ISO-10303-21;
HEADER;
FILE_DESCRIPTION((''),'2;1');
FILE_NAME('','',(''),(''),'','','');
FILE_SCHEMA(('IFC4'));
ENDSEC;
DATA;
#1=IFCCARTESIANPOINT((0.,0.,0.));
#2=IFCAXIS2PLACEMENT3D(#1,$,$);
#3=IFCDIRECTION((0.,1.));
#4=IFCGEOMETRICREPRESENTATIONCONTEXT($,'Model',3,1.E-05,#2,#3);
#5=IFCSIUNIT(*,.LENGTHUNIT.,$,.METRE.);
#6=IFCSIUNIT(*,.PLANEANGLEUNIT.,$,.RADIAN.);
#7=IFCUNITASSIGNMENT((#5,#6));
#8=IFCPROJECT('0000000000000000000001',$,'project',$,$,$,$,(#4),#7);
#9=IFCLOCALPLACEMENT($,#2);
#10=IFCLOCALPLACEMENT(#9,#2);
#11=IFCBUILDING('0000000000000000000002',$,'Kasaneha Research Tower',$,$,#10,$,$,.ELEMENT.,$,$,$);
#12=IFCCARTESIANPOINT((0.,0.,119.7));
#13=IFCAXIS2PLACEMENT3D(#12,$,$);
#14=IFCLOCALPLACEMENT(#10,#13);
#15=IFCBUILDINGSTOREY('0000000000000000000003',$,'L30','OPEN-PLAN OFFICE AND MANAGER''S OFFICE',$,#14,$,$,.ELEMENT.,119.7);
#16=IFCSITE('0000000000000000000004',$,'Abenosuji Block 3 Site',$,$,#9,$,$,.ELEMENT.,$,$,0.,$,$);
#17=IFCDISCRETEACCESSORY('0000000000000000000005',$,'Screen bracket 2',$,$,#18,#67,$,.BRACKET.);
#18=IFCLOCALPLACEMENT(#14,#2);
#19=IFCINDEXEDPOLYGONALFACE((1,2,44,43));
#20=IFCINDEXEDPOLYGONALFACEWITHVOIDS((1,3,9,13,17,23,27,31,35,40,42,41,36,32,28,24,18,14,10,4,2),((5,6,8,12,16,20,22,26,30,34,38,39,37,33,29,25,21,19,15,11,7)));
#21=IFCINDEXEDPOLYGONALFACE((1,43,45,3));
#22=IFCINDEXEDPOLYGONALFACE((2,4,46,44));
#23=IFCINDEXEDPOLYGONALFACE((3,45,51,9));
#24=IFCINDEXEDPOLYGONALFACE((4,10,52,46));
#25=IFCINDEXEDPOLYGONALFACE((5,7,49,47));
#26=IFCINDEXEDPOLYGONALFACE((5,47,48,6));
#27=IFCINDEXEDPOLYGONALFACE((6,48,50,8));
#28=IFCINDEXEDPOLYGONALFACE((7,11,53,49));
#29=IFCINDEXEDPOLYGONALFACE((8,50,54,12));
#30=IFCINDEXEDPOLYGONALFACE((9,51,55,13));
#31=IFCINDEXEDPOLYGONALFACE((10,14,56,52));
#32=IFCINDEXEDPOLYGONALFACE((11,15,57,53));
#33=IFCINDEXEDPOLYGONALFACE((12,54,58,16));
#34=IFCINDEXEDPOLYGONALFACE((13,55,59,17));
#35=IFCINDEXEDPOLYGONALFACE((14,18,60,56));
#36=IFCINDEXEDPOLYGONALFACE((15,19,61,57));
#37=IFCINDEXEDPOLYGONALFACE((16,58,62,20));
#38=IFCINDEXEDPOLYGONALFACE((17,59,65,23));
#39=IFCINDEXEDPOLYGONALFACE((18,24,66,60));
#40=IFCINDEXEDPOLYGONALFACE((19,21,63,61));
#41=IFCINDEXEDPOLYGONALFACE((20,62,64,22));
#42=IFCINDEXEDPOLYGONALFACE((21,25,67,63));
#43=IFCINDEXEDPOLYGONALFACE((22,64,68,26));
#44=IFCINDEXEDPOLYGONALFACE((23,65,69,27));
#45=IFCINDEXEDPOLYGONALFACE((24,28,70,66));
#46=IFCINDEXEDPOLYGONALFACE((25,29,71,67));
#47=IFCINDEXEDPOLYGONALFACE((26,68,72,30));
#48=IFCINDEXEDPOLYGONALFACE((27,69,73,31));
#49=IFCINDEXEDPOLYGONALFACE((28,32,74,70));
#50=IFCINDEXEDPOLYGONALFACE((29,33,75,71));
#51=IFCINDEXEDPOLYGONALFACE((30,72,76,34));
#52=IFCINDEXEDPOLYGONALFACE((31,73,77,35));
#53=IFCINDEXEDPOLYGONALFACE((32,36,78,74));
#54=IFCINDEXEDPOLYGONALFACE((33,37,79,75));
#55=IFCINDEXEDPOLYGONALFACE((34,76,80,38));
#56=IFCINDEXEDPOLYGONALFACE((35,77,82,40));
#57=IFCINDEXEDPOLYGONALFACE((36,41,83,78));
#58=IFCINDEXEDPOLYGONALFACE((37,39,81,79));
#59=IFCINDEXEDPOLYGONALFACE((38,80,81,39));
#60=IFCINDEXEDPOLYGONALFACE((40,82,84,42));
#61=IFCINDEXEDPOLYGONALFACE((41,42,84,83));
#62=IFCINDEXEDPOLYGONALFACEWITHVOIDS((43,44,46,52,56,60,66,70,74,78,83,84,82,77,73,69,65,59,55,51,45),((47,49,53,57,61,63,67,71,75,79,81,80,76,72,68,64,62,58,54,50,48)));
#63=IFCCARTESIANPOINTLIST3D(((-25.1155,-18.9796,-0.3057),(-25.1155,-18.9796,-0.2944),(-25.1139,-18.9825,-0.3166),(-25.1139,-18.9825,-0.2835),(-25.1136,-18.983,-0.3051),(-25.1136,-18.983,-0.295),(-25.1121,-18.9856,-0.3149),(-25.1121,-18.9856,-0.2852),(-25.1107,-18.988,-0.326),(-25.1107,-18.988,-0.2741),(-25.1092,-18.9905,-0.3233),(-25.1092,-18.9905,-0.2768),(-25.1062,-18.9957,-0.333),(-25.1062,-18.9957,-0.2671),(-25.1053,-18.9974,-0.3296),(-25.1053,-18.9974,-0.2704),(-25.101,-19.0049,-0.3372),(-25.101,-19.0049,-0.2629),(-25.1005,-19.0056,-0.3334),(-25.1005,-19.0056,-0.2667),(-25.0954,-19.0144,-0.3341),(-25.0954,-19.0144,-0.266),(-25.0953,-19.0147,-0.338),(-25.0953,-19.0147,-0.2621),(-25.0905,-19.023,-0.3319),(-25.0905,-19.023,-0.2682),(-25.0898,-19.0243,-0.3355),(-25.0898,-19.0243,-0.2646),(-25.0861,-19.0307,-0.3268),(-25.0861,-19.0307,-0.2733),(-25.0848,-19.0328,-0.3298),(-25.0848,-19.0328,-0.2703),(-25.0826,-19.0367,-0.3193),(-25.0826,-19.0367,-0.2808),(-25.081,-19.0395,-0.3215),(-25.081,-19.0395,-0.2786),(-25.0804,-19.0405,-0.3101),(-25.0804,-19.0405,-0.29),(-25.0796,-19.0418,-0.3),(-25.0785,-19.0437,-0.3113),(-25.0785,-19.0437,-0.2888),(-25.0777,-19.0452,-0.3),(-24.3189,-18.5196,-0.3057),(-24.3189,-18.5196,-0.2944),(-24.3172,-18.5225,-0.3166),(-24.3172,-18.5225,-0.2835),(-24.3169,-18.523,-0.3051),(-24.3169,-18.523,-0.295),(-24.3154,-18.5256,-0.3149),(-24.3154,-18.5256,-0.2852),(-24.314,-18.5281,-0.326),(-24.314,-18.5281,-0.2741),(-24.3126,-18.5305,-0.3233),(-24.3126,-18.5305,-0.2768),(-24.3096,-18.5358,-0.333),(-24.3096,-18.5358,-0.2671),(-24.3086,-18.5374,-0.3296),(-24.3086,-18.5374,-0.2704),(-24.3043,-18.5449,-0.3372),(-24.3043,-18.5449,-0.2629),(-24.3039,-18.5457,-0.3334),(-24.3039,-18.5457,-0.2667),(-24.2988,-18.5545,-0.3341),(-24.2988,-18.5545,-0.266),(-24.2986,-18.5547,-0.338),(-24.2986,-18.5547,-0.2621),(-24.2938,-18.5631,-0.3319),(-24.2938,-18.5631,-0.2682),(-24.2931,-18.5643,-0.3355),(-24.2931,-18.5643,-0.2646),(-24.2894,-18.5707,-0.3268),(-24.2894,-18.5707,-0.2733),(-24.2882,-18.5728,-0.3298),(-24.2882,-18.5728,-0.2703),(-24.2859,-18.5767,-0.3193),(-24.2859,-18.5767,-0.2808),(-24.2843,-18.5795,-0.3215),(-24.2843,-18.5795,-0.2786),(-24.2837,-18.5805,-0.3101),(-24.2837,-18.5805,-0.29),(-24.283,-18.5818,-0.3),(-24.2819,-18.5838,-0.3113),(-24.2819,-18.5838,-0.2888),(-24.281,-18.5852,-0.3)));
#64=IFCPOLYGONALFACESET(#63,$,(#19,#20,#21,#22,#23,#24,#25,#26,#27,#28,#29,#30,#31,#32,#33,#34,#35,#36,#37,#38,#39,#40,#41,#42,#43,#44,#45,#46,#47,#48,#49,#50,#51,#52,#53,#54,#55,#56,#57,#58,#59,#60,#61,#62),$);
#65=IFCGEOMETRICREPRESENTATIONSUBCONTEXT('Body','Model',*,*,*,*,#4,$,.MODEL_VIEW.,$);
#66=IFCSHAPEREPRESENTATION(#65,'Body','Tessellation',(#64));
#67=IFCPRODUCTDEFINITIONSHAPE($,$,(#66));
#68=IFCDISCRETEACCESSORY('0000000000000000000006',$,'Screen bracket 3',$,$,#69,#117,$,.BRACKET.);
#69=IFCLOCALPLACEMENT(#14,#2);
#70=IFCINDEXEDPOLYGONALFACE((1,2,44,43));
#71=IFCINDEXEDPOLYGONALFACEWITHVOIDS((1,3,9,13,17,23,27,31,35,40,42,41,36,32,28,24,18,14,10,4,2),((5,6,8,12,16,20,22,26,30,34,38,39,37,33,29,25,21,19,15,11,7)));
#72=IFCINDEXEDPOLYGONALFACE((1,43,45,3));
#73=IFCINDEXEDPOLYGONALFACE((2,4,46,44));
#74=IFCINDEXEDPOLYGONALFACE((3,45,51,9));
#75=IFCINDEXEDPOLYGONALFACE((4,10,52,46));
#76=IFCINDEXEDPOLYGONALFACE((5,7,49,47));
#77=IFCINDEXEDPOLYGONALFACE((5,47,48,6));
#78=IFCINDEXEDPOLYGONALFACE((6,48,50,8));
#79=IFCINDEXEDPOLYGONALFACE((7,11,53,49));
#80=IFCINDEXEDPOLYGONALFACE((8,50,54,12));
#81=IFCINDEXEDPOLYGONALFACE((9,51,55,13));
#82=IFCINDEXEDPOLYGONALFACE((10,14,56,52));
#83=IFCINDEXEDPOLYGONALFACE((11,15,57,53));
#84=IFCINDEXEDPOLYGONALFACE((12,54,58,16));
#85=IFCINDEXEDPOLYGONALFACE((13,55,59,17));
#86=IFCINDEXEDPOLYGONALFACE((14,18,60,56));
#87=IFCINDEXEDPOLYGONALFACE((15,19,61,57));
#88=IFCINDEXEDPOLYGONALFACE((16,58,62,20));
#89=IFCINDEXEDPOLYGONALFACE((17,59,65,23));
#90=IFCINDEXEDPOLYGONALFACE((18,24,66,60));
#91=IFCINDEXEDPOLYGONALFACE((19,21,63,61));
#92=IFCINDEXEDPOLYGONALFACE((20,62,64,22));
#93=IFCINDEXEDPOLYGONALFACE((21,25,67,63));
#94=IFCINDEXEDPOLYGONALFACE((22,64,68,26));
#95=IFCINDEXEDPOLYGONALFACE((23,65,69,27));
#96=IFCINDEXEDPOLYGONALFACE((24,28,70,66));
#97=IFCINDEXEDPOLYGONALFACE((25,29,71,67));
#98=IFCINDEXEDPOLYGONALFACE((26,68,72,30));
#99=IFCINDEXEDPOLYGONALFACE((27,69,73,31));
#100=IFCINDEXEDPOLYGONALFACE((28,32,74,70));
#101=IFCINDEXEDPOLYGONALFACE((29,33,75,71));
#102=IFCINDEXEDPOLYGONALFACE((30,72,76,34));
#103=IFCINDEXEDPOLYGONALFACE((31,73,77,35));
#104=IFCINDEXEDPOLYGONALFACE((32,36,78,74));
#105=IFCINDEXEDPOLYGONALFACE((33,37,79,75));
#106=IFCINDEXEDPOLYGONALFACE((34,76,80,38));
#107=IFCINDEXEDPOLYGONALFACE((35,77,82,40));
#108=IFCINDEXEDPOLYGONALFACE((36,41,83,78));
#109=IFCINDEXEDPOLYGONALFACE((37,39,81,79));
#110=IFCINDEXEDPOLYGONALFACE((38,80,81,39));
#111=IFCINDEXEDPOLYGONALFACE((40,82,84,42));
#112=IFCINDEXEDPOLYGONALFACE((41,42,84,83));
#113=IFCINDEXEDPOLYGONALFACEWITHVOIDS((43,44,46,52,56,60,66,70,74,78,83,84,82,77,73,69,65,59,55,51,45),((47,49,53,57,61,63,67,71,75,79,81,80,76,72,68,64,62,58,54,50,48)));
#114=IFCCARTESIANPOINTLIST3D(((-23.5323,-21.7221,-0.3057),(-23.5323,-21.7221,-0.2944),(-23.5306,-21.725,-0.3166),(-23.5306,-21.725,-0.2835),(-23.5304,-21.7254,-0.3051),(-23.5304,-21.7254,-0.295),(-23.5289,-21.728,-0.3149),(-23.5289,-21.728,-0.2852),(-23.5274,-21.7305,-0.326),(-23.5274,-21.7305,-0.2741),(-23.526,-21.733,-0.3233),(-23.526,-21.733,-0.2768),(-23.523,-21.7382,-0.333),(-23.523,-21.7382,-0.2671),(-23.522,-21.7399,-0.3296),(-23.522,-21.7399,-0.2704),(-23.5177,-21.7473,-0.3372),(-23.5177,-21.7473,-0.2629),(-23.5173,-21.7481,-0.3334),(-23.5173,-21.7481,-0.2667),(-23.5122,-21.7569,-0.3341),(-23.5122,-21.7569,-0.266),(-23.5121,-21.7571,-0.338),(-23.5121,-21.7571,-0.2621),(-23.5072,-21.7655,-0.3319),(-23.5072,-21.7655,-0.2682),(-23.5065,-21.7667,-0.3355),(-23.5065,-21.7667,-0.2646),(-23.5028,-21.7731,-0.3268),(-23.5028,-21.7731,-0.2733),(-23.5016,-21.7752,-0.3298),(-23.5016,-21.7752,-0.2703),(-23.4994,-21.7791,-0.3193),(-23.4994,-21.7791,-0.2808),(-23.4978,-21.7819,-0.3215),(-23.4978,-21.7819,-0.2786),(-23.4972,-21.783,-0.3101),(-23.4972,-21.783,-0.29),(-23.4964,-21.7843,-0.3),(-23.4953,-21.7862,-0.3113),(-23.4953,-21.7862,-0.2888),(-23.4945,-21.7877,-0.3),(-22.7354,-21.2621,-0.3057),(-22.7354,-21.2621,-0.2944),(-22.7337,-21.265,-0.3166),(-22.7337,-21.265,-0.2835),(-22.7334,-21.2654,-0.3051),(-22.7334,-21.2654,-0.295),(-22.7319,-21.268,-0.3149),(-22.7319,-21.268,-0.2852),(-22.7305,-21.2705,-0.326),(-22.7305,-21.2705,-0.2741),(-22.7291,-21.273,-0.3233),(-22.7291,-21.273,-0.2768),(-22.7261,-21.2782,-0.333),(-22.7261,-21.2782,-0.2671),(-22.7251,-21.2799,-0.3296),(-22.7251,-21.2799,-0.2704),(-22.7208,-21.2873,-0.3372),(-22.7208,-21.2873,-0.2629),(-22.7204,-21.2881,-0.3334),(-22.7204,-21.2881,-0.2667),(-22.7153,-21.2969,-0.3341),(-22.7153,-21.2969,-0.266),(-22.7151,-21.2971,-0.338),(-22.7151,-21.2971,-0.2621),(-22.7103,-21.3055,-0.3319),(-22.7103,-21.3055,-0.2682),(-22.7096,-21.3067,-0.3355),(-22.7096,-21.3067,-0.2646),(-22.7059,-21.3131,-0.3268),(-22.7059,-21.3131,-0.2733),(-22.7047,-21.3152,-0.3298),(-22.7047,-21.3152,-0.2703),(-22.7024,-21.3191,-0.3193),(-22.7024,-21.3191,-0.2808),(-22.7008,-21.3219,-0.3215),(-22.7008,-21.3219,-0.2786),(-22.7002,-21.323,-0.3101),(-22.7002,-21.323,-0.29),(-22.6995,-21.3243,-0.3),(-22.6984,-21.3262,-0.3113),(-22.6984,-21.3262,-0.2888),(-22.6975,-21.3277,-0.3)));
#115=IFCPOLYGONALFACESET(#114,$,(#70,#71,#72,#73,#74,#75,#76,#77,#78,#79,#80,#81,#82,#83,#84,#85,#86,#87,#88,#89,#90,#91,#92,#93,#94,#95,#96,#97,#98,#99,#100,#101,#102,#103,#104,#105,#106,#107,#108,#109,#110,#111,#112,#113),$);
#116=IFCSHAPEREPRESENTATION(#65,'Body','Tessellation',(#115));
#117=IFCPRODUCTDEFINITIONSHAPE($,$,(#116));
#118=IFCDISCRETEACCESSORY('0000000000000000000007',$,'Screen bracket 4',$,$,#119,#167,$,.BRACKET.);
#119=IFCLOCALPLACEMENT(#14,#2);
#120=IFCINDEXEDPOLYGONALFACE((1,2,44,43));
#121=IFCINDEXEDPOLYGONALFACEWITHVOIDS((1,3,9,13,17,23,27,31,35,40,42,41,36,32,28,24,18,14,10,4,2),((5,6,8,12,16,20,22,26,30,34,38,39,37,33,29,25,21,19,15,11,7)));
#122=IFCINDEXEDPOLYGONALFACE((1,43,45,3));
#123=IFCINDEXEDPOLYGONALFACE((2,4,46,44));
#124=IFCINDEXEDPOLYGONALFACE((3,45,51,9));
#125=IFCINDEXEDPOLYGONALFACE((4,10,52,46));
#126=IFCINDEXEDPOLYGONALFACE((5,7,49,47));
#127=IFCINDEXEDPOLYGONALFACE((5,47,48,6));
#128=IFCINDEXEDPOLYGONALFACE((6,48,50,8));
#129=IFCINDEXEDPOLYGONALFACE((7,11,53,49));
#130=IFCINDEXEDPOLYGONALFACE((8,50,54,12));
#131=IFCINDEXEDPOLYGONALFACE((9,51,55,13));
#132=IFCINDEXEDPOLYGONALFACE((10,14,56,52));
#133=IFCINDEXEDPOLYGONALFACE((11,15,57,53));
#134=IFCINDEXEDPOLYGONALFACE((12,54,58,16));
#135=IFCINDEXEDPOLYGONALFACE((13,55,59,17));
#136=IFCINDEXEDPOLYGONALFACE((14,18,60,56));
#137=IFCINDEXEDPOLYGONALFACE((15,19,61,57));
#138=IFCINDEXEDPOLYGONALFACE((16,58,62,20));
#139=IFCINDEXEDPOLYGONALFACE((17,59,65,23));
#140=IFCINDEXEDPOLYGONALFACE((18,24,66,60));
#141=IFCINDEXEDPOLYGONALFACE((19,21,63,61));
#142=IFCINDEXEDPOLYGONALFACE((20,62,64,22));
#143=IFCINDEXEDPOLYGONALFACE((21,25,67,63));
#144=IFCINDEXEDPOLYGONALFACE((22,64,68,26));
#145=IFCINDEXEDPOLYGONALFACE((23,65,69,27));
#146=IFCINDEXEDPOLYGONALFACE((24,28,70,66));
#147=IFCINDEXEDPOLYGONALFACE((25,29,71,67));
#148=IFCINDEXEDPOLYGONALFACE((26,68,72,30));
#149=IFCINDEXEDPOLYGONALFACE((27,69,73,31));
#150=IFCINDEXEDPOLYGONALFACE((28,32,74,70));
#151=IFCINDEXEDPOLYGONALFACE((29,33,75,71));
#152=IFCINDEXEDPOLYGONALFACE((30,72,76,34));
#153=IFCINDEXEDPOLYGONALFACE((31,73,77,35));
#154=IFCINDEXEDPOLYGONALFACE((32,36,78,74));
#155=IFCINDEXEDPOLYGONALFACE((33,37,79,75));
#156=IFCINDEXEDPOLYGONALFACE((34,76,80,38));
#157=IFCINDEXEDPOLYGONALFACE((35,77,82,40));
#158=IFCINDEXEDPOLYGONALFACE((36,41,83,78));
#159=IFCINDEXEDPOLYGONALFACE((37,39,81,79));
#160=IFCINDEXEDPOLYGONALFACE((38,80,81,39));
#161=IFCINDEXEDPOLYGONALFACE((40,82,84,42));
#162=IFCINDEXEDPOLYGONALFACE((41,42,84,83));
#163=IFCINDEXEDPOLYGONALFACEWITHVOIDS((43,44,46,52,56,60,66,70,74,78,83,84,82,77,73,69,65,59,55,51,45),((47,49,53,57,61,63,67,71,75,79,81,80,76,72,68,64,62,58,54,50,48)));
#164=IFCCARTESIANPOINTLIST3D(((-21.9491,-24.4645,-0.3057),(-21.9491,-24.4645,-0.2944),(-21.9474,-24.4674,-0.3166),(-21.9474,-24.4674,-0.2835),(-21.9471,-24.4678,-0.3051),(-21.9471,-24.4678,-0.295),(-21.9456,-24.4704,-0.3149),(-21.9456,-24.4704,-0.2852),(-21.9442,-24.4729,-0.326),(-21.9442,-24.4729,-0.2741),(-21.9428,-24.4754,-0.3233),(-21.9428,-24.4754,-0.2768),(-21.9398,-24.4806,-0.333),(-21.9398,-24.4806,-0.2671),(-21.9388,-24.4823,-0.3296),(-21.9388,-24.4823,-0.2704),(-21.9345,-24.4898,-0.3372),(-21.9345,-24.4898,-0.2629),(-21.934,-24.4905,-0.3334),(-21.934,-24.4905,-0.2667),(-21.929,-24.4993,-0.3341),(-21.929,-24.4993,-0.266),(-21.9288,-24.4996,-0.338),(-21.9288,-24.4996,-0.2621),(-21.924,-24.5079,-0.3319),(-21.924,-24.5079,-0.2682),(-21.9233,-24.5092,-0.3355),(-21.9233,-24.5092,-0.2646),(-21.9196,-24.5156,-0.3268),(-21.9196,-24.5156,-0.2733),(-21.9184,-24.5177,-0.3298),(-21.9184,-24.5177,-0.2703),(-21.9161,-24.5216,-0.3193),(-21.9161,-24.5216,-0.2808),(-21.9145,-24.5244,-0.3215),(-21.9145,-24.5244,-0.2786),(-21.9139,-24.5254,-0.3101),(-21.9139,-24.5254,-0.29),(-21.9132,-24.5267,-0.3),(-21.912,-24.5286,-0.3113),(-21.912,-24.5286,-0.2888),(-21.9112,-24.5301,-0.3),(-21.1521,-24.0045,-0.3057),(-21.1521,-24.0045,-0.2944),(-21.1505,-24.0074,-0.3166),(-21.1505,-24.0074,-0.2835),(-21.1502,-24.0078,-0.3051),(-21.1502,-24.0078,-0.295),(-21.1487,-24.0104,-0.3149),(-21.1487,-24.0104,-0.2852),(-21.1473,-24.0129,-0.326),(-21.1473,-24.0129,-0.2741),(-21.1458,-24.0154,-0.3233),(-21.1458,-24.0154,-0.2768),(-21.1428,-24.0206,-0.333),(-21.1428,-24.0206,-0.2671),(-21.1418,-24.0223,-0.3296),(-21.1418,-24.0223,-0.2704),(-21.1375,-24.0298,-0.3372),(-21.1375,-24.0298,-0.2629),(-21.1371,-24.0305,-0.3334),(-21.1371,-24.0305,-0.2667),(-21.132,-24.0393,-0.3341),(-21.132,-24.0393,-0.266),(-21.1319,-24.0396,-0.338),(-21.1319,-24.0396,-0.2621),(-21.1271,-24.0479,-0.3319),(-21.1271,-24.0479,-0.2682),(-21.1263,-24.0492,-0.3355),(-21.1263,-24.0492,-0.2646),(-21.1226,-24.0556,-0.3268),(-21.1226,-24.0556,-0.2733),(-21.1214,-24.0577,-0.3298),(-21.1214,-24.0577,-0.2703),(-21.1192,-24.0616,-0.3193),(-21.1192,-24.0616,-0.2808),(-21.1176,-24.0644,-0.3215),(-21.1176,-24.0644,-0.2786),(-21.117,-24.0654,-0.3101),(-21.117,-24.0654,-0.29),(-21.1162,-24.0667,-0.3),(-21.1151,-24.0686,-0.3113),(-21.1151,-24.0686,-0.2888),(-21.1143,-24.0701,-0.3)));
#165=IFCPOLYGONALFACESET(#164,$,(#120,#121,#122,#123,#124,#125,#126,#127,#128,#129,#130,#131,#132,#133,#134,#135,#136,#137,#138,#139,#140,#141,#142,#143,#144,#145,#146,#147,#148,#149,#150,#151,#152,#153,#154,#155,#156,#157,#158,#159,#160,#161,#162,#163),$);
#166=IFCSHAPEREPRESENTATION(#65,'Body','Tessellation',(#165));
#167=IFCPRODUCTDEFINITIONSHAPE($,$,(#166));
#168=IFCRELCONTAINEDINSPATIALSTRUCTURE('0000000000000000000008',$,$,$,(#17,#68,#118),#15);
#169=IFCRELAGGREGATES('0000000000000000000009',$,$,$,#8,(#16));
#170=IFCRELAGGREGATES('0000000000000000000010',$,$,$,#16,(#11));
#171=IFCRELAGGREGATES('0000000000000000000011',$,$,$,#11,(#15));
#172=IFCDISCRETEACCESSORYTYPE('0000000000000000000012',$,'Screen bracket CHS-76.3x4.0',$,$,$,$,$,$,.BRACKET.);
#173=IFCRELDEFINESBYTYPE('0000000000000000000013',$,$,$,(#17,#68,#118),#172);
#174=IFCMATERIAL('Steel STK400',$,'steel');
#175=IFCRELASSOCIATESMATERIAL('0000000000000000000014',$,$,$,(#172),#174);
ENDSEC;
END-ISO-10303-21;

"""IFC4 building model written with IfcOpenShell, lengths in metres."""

from ifc_helpers import new_model, si_unit, direction, frame, origin, origin_2d, place, context, subcontext, project, spatial, hollow_circle, extrude, material, material_profile, profile_set, type_object, element, save


model = new_model("IFC4")

# Units and contexts
model_context = context("Model", 3, precision=1e-05, world=origin(), true_north=direction((0.0, 1.0)))
body_context = subcontext(model_context, "Body", "Model", "MODEL_VIEW")
ifc_project = project(units=[si_unit("LENGTHUNIT", "METRE"), si_unit("PLANEANGLEUNIT", "RADIAN")], contexts=[model_context])

# Site, building, storey
site_placement = place(None, origin())
site = spatial("IfcSite", under=ifc_project, at=site_placement, Name="Abenosuji Block 3 Site", CompositionType="ELEMENT", RefElevation=0.0)
building_placement = place(site_placement, origin())
building = spatial("IfcBuilding", under=site, at=building_placement, Name="Kasaneha Research Tower", CompositionType="ELEMENT")
storey_placement = place(building_placement, frame((0.0, 0.0, 119.7)))
storey = spatial("IfcBuildingStorey", under=building, at=storey_placement, Name="L30", Description="OPEN-PLAN OFFICE AND MANAGER'S OFFICE", CompositionType="ELEMENT", Elevation=119.7)

# Discrete accessories
ifc_material_1 = material(Name="Steel STK400", Category="steel")
ifc_material_profile_1 = material_profile(ifc_material_1, hollow_circle(Radius=0.0381, WallThickness=0.0039, at=origin_2d()), Name="CHS-76.3x4.0")
ifc_profile_set_1 = profile_set([ifc_material_profile_1], Name="Steel STK400")
discrete_accessory_type = type_object("IfcDiscreteAccessoryType", Name="Screen bracket CHS-76.3x4.0", PredefinedType="BRACKET", material=ifc_profile_set_1)
discrete_accessory_placement = place(storey_placement, frame((-24.3, -18.5522, -0.3), z_axis=(-0.866013, -0.500021, 0.0), x_axis=(0.500021, -0.866013, 0.0)))
element("IfcDiscreteAccessory", 1, at=discrete_accessory_placement, inside=storey, type_object=discrete_accessory_type, Name="Screen bracket 2", PredefinedType="BRACKET", context=body_context, shape_type="SweptSolid", body=[
    extrude(hollow_circle(Radius=0.0381, WallThickness=0.0039, at=origin_2d()), origin(), (0.0, 0.0, 1.0), 0.9199),
])
for number, where, z_axis, x_axis, name in (
    (2, (-22.7166, -21.2947, -0.3), (-0.86608, -0.499906, 0.0), (0.499906, -0.86608, 0.0), "Screen bracket 3"),
    (3, (-21.1333, -24.0371, -0.3), (-0.86608, -0.499906, 0.0), (0.499906, -0.86608, 0.0), "Screen bracket 4"),
):
    element("IfcDiscreteAccessory", number, at=place(storey_placement, frame(where, z_axis=z_axis, x_axis=x_axis)), inside=storey, type_object=discrete_accessory_type, Name=name, PredefinedType="BRACKET", context=body_context, shape_type="SweptSolid", body=[
        extrude(hollow_circle(Radius=0.0381, WallThickness=0.0039, at=origin_2d()), origin(), (0.0, 0.0, 1.0), 0.9202),
    ])

save(model, "model.ifc")
